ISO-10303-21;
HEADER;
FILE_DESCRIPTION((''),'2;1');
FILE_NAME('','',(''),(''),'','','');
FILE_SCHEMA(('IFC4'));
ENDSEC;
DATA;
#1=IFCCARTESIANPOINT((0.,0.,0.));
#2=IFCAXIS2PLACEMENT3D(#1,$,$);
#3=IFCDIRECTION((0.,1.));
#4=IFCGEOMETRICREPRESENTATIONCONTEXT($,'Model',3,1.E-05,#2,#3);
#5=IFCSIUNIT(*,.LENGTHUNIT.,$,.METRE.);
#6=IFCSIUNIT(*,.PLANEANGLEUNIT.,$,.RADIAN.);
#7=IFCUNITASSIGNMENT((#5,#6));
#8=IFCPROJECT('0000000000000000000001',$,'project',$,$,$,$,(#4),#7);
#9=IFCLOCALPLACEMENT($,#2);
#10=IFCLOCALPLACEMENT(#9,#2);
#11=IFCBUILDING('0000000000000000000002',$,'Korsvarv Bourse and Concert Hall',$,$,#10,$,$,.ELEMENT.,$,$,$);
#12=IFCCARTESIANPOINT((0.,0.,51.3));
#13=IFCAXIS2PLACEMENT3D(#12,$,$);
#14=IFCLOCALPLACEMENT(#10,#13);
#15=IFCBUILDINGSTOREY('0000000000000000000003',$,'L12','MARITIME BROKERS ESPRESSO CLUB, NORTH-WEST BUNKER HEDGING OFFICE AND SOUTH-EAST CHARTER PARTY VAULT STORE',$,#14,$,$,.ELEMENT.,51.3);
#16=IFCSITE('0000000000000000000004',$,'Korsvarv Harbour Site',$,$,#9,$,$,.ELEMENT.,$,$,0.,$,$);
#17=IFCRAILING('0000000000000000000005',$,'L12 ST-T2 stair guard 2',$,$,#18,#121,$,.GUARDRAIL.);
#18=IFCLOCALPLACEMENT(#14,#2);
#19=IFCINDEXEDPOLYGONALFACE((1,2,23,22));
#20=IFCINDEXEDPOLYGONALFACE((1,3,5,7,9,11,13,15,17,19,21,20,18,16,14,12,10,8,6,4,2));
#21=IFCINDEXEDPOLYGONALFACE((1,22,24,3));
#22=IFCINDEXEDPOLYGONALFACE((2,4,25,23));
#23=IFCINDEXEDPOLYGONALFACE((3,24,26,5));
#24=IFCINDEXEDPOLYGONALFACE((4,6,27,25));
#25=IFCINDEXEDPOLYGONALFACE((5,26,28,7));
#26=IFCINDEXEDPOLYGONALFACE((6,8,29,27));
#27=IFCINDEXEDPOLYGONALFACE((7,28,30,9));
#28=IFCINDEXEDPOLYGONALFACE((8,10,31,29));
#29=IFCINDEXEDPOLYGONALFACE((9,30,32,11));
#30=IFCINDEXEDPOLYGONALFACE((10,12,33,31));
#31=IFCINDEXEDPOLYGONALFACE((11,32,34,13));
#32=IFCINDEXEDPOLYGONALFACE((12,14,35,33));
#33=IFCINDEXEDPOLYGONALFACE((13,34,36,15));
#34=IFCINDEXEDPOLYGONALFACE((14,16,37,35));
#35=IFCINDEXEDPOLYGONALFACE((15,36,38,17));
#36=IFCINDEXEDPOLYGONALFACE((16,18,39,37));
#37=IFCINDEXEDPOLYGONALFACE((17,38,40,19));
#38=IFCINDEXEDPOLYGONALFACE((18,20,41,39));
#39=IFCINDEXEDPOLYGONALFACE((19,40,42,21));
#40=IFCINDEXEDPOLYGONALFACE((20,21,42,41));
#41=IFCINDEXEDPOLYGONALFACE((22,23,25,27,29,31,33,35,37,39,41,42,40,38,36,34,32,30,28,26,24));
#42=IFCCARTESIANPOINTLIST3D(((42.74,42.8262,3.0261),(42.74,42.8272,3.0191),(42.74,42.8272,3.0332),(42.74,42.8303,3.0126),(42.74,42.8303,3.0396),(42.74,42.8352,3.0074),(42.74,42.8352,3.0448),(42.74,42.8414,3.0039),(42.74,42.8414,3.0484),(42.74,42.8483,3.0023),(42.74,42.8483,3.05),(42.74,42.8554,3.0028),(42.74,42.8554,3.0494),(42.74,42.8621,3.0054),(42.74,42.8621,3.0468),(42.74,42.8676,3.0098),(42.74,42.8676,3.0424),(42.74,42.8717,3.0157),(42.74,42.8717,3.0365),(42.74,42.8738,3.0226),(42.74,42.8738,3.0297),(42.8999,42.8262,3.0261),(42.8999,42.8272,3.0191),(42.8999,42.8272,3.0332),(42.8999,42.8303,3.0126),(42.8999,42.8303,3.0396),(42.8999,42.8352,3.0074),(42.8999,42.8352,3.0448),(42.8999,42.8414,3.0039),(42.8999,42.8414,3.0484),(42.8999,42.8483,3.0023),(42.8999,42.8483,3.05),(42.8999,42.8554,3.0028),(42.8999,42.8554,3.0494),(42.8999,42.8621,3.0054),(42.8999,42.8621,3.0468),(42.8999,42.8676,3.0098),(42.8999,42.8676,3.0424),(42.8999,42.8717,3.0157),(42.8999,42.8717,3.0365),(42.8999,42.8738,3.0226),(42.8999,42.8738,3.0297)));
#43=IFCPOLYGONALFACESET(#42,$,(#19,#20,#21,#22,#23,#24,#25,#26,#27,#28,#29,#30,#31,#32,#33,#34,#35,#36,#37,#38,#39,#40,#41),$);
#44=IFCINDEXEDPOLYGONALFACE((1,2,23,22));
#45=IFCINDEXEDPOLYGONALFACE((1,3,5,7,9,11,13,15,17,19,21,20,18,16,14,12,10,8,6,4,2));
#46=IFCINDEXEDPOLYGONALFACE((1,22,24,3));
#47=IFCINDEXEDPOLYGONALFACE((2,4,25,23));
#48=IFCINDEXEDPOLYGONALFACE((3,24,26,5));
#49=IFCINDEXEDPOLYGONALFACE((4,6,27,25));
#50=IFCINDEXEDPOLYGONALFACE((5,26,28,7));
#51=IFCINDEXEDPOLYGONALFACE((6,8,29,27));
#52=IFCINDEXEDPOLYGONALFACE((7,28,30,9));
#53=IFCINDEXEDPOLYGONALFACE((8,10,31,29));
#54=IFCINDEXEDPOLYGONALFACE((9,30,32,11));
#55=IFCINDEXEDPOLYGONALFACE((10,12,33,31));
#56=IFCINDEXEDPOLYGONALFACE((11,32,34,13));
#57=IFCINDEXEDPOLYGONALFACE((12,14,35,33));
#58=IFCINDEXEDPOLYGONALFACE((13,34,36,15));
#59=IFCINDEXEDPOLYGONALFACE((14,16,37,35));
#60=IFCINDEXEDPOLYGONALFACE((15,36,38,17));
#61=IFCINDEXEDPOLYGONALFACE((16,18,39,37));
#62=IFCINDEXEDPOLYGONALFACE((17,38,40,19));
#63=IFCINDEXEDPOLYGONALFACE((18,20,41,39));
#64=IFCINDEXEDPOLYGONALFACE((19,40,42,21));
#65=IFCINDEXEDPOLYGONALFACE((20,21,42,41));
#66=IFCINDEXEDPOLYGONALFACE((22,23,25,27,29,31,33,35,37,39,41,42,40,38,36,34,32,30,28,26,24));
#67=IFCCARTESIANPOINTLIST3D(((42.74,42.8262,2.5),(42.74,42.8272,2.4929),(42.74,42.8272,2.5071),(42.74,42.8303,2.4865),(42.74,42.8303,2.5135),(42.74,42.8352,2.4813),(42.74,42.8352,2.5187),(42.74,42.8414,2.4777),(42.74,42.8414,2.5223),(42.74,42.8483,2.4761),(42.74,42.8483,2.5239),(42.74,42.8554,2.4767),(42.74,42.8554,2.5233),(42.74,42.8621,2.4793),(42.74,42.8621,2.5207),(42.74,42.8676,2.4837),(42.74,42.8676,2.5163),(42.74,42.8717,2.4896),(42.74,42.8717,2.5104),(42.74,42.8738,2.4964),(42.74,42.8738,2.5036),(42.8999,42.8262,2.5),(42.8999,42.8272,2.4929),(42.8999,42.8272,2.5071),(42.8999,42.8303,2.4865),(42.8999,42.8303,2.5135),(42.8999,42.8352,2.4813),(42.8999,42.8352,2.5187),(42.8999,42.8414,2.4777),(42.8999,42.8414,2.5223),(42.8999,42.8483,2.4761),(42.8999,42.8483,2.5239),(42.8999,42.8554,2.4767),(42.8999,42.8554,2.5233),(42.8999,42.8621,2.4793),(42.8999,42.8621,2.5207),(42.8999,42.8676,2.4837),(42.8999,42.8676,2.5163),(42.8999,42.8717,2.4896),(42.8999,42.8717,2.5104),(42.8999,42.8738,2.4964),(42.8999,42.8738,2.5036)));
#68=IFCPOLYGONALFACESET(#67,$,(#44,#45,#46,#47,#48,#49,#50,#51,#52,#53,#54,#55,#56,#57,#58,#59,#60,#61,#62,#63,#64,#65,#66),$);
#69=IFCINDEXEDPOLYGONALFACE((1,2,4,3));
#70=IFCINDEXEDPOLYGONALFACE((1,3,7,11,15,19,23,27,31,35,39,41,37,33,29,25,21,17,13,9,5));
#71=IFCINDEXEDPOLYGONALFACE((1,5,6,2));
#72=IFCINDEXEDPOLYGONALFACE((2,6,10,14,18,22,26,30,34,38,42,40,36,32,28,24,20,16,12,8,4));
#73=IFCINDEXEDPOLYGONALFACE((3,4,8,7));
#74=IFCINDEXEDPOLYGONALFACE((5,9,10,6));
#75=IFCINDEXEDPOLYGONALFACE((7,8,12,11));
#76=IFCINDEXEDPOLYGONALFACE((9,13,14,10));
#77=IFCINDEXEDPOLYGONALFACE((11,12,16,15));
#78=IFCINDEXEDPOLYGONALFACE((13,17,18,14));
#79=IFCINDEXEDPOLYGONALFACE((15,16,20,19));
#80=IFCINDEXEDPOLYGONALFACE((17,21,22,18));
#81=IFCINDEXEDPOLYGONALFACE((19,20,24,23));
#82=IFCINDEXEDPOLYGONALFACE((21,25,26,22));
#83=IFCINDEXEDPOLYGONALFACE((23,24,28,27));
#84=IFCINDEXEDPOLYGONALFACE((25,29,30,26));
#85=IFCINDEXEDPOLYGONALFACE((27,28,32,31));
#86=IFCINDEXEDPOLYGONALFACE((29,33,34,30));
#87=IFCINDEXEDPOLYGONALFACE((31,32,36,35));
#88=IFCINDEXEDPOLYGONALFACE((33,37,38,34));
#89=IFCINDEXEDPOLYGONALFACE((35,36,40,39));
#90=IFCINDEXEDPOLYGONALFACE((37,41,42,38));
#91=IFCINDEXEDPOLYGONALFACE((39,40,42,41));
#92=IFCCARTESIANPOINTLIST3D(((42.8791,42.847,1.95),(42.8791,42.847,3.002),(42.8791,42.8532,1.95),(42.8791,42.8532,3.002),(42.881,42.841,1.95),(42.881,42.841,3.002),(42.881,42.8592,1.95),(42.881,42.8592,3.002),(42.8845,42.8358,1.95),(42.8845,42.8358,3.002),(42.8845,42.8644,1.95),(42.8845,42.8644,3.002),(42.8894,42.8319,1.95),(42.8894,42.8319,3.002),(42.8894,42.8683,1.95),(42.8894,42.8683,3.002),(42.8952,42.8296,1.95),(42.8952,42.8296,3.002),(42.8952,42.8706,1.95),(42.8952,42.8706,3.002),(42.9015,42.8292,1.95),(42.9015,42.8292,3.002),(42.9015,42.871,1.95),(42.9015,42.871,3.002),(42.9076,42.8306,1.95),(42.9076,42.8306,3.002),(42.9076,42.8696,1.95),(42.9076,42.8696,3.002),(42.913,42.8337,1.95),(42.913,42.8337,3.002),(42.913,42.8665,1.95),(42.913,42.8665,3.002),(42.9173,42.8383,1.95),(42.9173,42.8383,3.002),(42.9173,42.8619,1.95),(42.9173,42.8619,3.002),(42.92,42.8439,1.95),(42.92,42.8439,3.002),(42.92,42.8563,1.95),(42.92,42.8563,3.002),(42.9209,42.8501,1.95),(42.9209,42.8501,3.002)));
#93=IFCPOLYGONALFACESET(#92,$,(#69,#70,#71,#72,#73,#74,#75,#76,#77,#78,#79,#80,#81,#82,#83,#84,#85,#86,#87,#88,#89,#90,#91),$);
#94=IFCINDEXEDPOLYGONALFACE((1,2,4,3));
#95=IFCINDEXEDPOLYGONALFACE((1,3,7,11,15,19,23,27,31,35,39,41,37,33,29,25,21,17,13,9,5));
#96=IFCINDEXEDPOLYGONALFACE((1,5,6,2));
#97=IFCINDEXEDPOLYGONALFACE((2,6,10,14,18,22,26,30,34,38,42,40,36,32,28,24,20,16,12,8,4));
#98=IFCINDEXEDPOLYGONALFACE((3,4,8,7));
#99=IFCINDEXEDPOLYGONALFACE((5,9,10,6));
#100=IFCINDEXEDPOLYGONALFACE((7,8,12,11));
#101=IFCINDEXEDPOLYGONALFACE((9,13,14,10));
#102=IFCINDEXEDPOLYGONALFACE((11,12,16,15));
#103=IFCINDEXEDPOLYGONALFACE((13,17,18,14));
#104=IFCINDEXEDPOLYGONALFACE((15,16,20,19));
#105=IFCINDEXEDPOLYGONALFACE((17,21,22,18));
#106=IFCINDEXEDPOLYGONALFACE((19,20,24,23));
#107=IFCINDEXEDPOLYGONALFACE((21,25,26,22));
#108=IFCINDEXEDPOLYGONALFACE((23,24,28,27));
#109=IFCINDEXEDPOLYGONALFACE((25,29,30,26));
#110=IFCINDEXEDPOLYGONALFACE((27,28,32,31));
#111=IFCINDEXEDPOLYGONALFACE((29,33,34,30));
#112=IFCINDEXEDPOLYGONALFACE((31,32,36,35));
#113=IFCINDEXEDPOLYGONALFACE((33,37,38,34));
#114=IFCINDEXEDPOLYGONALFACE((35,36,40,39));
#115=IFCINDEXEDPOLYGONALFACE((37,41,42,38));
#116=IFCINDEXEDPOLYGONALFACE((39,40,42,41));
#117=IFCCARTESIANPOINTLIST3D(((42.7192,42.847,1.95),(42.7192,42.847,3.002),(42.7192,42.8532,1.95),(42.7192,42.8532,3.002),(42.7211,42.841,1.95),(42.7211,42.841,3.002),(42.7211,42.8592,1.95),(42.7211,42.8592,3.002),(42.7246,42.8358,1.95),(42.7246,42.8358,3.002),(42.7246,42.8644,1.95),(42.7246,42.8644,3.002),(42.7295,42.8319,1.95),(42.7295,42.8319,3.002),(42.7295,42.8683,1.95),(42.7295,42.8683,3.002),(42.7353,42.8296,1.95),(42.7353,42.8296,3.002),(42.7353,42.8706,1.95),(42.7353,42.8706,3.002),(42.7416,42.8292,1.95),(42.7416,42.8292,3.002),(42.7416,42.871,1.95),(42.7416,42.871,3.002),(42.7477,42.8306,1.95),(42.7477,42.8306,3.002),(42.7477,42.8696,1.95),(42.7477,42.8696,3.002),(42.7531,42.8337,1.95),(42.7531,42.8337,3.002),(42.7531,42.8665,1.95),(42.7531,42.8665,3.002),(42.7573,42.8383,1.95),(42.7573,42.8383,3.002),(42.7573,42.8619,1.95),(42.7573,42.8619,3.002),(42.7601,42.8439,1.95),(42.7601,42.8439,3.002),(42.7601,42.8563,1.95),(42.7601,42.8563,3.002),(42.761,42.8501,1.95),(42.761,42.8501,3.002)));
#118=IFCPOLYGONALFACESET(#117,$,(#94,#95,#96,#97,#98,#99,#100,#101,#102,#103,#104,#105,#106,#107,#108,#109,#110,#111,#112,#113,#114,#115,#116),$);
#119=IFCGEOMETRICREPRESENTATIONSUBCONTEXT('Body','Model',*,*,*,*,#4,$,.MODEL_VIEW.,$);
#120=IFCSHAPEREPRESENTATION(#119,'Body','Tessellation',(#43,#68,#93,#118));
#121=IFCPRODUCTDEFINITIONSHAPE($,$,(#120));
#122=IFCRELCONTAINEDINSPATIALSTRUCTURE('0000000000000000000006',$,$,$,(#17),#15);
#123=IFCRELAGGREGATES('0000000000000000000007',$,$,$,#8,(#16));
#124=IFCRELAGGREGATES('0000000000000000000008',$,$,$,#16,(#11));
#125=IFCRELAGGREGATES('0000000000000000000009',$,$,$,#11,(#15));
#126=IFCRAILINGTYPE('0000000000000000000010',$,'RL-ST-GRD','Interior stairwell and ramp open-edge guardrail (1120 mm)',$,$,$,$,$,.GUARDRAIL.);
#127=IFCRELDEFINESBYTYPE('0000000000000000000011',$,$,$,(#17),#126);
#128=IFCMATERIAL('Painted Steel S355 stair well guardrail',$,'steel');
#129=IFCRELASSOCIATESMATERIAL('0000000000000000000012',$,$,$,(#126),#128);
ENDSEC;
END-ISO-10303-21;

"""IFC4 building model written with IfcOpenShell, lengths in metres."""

from ifc_helpers import new_model, si_unit, direction, frame, origin, origin_2d, place, context, subcontext, project, spatial, circle, extrude, material, type_object, element, save


model = new_model("IFC4")

# Units and contexts
model_context = context("Model", 3, precision=1e-05, world=origin(), true_north=direction((0.0, 1.0)))
body_context = subcontext(model_context, "Body", "Model", "MODEL_VIEW")
ifc_project = project(units=[si_unit("LENGTHUNIT", "METRE"), si_unit("PLANEANGLEUNIT", "RADIAN")], contexts=[model_context])

# Site, building, storey
site_placement = place(None, origin())
site = spatial("IfcSite", under=ifc_project, at=site_placement, Name="Korsvarv Harbour Site", CompositionType="ELEMENT", RefElevation=0.0)
building_placement = place(site_placement, origin())
building = spatial("IfcBuilding", under=site, at=building_placement, Name="Korsvarv Bourse and Concert Hall", CompositionType="ELEMENT")
storey_placement = place(building_placement, frame((0.0, 0.0, 51.3)))
storey = spatial("IfcBuildingStorey", under=building, at=storey_placement, Name="L12", Description="MARITIME BROKERS ESPRESSO CLUB, NORTH-WEST BUNKER HEDGING OFFICE AND SOUTH-EAST CHARTER PARTY VAULT STORE", CompositionType="ELEMENT", Elevation=51.3)

# Railing
ifc_material_1 = material(Name="Painted Steel S355 stair well guardrail", Category="steel")
railing_type_1 = type_object("IfcRailingType", Name="RL-ST-GRD", Description="Interior stairwell and ramp open-edge guardrail (1120 mm)", PredefinedType="GUARDRAIL", material=ifc_material_1)
railing_1_placement = place(storey_placement, frame((42.8999, 42.8501, 1.95)))
element("IfcRailing", 1, at=railing_1_placement, inside=storey, type_object=railing_type_1, Name="L12 ST-T2 stair guard 2", PredefinedType="GUARDRAIL", context=body_context, shape_type="SweptSolid", body=[
    extrude(circle(Radius=0.0239, at=origin_2d()), frame((0.0, 0.0, 1.0762), z_axis=(-1.0, 0.0, 0.0), x_axis=(0.0, -1.0, 0.0)), (0.0, 0.0, 1.0), 0.1599),
    extrude(circle(Radius=0.0239, at=origin_2d()), frame((0.0, 0.0, 0.55), z_axis=(-1.0, 0.0, 0.0), x_axis=(0.0, -1.0, 0.0)), (0.0, 0.0, 1.0), 0.1599),
    extrude(circle(Radius=0.021, at=origin_2d()), origin(), (0.0, 0.0, 1.0), 1.052),
    extrude(circle(Radius=0.021, at=origin_2d()), frame((-0.1599, 0.0, 0.0)), (0.0, 0.0, 1.0), 1.052),
])

save(model, "model.ifc")
